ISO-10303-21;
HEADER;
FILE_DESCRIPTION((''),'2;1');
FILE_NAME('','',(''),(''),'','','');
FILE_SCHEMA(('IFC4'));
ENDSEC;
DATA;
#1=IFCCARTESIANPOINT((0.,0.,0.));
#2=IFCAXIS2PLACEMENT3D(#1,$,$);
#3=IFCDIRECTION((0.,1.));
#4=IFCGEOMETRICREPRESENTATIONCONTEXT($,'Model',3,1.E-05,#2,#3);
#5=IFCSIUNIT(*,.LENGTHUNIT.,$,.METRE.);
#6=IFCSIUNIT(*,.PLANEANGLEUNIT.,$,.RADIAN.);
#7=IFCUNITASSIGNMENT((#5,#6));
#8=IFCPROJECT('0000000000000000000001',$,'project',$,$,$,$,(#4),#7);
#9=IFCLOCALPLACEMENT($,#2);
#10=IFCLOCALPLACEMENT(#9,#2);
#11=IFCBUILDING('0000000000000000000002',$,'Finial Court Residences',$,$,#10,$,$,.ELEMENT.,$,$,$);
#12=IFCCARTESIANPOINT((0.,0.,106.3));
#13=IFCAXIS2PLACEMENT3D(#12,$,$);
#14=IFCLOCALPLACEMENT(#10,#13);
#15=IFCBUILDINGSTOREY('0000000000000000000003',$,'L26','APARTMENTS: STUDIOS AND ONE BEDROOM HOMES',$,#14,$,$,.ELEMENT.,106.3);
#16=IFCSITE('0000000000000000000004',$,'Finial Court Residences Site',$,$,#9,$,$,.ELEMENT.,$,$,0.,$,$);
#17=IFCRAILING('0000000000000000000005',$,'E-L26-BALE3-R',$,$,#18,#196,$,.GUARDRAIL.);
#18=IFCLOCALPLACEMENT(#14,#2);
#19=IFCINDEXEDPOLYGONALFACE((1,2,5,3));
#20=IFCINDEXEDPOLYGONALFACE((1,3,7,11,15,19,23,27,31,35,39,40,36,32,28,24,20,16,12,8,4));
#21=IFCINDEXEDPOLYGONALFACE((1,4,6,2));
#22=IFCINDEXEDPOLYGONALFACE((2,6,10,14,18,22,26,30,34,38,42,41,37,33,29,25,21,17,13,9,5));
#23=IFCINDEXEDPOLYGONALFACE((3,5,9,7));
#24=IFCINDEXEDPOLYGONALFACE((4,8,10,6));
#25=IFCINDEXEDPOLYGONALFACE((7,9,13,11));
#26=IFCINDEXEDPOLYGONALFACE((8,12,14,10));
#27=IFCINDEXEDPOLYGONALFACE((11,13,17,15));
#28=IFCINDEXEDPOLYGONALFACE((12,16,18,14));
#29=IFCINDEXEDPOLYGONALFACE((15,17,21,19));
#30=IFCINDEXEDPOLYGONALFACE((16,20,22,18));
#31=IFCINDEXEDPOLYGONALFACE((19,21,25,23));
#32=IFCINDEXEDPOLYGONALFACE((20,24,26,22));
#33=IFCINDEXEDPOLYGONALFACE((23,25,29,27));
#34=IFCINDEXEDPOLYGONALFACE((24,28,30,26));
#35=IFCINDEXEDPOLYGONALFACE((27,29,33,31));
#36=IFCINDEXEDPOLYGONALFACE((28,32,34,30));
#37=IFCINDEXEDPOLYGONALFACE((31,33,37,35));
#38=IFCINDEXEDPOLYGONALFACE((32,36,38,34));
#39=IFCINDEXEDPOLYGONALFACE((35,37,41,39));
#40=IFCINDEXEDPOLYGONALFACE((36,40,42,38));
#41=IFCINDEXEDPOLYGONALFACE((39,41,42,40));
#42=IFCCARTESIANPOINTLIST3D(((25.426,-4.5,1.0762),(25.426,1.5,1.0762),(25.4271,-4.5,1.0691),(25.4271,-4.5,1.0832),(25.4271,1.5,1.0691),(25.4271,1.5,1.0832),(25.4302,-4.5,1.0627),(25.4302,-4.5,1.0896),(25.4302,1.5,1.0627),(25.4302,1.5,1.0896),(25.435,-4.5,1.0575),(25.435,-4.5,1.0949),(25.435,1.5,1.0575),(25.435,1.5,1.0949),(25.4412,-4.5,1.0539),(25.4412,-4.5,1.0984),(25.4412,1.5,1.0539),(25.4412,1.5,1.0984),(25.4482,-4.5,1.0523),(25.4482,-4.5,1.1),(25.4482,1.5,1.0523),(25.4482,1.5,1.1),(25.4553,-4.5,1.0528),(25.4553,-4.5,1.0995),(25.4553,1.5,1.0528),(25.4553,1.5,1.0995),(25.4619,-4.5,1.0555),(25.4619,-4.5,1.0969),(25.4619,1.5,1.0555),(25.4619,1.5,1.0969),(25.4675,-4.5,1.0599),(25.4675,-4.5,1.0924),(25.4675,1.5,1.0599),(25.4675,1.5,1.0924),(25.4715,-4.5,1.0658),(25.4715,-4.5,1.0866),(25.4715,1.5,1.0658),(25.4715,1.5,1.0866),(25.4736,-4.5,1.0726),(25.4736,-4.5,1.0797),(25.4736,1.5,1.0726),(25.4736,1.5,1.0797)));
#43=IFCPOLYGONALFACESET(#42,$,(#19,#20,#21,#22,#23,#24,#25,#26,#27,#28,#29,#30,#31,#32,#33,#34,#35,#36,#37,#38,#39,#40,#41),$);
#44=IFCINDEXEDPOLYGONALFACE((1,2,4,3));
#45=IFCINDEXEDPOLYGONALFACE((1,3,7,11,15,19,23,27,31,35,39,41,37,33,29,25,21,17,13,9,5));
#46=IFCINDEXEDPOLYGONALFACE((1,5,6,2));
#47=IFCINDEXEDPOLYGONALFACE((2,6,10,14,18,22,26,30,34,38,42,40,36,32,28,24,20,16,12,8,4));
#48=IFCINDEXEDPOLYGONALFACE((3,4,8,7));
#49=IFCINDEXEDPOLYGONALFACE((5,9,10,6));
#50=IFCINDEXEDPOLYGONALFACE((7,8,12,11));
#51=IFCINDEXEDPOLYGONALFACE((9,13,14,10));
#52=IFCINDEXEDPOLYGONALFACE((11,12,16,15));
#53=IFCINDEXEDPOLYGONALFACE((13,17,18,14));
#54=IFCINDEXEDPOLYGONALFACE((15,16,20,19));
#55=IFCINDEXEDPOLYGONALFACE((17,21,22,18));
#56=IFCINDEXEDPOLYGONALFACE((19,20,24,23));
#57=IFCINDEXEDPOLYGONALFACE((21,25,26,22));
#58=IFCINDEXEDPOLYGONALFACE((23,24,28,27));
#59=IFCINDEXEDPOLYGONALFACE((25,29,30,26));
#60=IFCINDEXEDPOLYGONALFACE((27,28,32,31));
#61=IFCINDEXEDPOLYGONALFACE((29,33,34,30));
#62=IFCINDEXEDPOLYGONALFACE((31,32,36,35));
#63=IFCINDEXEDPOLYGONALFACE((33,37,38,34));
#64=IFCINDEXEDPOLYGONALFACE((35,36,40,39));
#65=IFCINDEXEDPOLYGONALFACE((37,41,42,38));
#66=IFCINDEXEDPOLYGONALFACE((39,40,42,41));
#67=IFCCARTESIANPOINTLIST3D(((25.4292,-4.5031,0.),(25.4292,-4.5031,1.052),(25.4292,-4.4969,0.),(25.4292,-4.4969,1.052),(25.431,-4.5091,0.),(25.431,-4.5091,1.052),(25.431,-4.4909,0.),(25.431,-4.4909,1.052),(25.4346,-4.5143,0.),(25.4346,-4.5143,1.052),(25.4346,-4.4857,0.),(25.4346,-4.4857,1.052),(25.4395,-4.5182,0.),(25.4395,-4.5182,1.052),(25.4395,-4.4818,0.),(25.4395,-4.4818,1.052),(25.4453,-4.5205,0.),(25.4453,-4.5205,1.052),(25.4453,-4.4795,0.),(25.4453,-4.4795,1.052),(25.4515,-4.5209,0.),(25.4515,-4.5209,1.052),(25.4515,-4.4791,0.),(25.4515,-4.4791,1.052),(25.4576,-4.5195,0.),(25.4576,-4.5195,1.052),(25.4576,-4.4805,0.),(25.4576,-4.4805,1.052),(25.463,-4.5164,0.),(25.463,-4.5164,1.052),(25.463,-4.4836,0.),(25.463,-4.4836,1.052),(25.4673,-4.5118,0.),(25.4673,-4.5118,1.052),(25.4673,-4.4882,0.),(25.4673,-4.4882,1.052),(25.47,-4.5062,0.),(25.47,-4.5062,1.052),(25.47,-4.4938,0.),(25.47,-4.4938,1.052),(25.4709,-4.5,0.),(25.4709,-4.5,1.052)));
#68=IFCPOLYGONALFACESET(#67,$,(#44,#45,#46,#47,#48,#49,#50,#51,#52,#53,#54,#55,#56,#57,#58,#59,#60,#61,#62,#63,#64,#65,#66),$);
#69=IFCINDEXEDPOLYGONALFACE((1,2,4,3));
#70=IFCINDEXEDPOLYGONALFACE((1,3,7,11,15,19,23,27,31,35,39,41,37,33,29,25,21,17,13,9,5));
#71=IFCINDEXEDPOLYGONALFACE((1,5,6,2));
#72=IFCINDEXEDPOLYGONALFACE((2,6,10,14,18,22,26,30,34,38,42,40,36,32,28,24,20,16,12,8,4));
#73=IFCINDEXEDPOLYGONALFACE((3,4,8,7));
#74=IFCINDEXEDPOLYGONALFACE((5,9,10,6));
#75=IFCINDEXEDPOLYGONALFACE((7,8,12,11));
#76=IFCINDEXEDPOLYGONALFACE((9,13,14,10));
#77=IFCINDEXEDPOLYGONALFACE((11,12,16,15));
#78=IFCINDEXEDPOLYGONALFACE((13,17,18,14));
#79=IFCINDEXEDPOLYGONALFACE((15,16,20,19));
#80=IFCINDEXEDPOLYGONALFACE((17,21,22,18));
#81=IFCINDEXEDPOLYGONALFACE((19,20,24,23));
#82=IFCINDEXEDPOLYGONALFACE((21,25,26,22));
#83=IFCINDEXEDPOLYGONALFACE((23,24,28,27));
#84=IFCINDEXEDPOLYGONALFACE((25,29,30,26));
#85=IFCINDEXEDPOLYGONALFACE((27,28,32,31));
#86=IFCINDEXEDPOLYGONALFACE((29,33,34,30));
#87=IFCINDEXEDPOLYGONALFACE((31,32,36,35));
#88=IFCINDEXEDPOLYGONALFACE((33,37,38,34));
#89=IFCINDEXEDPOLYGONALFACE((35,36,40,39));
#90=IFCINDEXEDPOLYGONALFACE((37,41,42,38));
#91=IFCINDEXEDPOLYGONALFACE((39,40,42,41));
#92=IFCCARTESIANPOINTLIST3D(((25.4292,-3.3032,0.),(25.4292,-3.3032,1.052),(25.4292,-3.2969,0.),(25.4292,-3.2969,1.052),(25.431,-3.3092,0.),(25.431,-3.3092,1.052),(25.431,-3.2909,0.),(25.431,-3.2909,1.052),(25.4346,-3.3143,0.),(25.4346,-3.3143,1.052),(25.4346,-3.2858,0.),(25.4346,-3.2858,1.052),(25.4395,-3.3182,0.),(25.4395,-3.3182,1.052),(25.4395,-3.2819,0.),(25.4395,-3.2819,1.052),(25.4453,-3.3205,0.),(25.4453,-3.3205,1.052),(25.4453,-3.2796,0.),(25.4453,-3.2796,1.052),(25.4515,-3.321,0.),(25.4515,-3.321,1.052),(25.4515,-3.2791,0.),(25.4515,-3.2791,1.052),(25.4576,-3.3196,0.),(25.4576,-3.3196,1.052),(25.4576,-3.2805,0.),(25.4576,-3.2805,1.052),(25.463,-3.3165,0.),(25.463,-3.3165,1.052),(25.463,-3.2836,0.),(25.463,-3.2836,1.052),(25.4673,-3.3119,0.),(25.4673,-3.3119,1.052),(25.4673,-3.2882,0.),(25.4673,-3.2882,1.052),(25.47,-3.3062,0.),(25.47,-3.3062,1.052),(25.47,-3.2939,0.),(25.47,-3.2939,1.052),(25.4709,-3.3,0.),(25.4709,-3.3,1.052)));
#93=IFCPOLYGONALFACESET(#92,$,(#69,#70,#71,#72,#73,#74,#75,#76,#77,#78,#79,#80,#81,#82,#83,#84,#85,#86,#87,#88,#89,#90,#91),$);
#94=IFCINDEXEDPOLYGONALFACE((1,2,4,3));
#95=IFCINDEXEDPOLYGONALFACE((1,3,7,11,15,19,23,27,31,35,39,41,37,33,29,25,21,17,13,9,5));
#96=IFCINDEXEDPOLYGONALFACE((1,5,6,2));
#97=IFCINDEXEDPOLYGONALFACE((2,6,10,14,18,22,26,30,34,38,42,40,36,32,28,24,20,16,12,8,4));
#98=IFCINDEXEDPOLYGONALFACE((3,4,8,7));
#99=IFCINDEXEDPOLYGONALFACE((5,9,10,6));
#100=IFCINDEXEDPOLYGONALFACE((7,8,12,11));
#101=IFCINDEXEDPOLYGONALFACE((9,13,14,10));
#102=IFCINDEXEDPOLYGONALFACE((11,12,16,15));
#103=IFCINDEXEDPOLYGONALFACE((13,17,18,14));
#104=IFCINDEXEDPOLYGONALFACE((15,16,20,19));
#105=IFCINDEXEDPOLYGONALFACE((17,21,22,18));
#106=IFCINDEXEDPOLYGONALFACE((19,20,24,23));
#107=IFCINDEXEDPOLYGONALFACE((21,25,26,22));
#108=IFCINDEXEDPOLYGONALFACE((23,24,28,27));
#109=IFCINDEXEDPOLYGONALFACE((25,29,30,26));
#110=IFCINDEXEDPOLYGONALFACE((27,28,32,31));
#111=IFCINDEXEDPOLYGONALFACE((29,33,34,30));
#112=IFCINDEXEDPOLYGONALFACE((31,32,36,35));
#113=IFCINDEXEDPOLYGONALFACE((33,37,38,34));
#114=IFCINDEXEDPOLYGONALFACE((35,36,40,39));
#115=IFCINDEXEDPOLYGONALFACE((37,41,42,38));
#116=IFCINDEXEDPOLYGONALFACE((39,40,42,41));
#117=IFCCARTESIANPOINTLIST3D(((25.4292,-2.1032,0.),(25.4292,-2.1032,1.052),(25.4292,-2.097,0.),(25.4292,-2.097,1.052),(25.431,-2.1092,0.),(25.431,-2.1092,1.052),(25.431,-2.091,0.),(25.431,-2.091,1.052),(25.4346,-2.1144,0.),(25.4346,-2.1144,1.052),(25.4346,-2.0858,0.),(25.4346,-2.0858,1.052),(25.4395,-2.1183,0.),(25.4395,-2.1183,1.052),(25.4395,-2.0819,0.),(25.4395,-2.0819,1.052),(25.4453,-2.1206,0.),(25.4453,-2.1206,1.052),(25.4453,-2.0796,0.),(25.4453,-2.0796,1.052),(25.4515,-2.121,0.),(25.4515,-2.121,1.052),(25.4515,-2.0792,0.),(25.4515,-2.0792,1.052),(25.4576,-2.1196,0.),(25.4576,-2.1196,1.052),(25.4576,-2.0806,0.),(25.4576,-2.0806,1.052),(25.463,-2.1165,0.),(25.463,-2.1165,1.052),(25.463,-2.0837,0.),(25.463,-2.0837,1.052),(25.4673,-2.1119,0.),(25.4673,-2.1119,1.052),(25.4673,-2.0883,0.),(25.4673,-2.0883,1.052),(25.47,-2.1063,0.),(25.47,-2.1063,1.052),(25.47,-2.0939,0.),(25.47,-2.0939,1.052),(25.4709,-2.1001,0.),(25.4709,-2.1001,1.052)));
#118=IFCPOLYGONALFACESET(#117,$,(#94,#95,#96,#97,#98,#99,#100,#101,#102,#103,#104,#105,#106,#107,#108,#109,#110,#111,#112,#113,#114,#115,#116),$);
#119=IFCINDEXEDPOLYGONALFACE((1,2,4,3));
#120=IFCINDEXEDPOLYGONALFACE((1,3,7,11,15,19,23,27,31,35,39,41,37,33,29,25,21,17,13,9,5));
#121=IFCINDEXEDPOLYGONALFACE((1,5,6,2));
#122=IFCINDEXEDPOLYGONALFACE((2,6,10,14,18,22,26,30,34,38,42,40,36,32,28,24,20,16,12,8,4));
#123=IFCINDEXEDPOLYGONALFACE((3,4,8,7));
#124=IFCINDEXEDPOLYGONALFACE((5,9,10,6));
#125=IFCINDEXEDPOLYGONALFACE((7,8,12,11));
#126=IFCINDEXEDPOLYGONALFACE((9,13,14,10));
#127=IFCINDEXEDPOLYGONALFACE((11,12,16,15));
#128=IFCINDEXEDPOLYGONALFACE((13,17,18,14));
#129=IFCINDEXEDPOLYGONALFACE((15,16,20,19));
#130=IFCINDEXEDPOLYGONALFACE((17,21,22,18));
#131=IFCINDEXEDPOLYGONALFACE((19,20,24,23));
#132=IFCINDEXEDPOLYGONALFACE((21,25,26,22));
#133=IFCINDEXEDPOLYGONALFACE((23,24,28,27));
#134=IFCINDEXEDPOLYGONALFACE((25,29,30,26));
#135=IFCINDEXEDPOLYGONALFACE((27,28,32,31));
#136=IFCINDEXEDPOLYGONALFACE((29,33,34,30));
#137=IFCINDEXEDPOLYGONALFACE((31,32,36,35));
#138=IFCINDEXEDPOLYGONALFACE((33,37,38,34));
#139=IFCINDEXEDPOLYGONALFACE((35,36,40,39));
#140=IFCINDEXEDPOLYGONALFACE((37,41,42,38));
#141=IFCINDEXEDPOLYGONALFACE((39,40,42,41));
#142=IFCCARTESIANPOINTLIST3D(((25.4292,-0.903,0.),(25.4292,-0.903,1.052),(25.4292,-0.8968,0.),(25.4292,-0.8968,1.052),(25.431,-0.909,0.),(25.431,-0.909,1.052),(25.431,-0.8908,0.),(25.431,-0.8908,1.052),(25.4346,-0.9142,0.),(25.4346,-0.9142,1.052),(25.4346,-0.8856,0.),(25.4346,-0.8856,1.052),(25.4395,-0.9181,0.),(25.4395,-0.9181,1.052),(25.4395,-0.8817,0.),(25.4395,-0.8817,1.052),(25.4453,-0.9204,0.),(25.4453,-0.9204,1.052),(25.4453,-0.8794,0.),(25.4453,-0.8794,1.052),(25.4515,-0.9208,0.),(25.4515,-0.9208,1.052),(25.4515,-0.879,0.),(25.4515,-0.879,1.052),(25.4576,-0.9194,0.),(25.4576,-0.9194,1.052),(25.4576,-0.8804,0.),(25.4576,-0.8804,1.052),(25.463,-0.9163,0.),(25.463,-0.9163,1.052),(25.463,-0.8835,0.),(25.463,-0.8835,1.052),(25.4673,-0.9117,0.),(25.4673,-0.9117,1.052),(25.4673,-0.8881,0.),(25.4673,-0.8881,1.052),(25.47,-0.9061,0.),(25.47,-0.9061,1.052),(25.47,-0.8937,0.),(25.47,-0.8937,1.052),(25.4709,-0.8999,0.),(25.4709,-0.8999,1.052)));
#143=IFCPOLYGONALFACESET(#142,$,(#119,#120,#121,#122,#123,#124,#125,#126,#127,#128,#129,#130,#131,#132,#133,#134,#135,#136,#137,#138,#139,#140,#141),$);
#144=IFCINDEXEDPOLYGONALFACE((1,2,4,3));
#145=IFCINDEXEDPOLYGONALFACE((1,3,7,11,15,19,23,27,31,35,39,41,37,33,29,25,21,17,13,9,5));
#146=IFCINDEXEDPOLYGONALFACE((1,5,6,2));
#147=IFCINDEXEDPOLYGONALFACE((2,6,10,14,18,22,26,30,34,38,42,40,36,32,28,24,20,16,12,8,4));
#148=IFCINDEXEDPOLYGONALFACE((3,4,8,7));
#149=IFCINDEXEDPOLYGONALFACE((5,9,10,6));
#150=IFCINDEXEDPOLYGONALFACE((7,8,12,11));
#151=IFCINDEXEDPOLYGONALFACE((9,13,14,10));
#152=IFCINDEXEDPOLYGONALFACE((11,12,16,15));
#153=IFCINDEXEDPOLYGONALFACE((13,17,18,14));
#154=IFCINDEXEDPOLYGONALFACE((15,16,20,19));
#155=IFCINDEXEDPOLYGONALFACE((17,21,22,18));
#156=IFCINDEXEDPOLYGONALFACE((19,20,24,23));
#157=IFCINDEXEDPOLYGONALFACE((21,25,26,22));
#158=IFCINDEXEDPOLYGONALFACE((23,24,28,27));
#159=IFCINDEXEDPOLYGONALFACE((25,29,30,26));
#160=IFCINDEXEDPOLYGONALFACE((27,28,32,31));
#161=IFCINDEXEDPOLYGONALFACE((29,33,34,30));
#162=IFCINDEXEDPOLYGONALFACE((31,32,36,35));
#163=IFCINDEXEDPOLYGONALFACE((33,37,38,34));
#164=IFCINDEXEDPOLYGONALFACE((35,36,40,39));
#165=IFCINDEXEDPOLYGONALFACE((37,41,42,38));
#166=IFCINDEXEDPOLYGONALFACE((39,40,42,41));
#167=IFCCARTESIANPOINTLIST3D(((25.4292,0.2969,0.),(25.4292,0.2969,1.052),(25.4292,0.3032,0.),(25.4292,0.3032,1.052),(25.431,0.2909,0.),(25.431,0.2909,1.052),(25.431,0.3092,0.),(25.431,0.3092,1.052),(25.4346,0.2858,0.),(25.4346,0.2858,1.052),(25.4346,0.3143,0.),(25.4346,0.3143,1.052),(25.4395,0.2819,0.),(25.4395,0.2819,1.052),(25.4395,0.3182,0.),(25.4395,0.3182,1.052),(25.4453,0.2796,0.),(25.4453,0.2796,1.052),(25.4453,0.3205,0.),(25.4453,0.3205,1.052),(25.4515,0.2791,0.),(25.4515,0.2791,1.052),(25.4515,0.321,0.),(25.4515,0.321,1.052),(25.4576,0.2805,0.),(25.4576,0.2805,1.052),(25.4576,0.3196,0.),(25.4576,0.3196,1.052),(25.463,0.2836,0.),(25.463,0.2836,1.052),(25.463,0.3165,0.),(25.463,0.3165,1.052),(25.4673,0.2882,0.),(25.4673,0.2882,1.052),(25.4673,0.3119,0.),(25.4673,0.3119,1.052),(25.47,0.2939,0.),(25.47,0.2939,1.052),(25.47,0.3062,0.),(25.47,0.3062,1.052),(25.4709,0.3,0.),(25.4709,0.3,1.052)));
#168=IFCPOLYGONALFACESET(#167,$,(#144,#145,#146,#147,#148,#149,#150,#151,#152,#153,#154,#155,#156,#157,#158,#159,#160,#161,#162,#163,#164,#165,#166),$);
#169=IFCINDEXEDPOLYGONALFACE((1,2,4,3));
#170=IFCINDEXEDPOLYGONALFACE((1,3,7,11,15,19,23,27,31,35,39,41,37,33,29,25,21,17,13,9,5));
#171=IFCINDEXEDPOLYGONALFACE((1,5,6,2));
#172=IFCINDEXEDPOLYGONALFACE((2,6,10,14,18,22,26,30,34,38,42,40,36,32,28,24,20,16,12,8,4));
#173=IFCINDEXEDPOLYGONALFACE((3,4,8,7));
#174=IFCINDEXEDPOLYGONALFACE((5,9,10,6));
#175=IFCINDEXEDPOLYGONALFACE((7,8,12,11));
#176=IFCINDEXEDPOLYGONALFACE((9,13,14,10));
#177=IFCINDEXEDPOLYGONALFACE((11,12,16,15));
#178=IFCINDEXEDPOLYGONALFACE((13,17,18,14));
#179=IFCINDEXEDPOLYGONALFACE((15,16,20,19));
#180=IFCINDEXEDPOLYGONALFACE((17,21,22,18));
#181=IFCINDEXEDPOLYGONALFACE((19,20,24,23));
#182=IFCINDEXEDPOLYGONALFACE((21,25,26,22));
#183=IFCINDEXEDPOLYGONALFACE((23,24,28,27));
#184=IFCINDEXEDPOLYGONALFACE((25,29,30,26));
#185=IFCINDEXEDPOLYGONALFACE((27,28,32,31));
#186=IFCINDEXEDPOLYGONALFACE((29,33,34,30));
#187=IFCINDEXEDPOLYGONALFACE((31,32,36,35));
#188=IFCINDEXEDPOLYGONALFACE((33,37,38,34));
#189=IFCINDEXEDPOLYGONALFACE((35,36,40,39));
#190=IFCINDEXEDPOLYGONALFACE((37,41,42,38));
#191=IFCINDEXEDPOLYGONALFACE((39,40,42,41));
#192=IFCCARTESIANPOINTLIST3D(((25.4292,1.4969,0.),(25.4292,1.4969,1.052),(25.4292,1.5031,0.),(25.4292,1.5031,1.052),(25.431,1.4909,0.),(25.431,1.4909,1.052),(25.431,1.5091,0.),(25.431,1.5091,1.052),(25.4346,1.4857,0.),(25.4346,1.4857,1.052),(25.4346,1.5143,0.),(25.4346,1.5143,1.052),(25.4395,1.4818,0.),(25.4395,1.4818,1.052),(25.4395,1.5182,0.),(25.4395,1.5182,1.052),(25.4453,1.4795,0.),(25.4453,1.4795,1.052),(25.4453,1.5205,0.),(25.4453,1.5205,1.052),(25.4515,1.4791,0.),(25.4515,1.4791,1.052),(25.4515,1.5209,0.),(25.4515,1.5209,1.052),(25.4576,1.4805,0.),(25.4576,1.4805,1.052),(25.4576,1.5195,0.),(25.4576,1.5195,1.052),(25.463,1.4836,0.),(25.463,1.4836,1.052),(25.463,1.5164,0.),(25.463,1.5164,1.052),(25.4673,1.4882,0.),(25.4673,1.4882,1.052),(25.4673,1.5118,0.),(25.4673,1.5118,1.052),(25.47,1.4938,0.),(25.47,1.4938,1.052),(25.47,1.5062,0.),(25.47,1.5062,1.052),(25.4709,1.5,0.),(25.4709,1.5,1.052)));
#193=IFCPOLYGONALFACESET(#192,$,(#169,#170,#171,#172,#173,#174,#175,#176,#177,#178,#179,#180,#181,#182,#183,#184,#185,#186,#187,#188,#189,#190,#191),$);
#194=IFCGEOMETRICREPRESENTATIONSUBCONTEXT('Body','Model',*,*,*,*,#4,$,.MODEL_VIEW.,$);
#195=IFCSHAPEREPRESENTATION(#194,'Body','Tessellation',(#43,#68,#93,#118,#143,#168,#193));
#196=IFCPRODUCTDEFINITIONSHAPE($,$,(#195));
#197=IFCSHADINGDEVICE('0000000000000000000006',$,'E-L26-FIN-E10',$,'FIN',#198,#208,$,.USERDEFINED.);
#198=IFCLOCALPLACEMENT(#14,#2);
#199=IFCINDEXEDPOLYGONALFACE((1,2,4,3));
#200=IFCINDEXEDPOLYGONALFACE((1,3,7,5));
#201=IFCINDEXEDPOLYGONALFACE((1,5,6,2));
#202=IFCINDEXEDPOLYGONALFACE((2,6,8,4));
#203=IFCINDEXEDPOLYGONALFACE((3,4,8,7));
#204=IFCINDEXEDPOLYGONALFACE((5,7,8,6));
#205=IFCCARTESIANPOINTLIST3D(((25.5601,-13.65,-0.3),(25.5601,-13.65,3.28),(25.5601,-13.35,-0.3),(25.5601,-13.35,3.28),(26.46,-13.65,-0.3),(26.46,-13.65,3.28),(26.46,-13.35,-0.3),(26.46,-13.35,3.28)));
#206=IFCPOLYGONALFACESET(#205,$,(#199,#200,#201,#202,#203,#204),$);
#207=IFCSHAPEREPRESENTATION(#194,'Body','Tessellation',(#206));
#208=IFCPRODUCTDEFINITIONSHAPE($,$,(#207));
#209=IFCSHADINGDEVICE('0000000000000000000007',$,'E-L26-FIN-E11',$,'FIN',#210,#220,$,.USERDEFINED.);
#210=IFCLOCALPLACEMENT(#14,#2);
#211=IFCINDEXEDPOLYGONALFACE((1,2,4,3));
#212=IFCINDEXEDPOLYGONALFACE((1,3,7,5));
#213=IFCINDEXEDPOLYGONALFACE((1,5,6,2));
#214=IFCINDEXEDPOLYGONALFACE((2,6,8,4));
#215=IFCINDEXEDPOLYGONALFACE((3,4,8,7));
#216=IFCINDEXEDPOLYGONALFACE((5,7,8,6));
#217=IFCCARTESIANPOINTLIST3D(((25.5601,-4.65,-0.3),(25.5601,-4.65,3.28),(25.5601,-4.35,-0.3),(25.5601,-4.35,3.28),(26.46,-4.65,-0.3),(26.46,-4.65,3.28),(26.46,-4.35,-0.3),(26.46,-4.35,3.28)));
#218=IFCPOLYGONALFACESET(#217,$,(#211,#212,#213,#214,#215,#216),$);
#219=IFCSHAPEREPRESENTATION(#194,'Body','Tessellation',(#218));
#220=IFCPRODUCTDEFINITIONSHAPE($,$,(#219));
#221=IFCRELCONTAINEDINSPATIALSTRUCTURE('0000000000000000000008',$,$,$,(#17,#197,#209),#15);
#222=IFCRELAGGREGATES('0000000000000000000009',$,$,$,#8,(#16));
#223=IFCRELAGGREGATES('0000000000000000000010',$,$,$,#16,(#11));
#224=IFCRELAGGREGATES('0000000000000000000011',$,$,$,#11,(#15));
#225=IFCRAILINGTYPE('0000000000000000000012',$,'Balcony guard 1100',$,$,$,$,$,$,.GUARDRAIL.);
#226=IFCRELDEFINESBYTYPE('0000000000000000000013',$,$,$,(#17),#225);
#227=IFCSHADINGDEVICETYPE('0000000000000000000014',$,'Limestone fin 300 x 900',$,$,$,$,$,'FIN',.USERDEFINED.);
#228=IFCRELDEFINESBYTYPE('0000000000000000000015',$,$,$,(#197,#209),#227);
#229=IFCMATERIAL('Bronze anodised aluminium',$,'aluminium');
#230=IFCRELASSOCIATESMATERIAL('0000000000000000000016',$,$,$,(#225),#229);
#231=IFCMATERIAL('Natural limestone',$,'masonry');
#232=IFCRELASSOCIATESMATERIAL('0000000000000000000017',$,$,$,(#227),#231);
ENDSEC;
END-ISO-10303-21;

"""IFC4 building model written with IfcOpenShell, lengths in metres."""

from ifc_helpers import new_model, si_unit, direction, frame, origin, origin_2d, place, context, subcontext, project, spatial, rectangle, circle, extrude, material, type_object, element, save


model = new_model("IFC4")

# Units and contexts
model_context = context("Model", 3, precision=1e-05, world=origin(), true_north=direction((0.0, 1.0)))
body_context = subcontext(model_context, "Body", "Model", "MODEL_VIEW")
ifc_project = project(units=[si_unit("LENGTHUNIT", "METRE"), si_unit("PLANEANGLEUNIT", "RADIAN")], contexts=[model_context])

# Site, building, storey
site_placement = place(None, origin())
site = spatial("IfcSite", under=ifc_project, at=site_placement, Name="Finial Court Residences Site", CompositionType="ELEMENT", RefElevation=0.0)
building_placement = place(site_placement, origin())
building = spatial("IfcBuilding", under=site, at=building_placement, Name="Finial Court Residences", CompositionType="ELEMENT")
storey_placement = place(building_placement, frame((0.0, 0.0, 106.3)))
storey = spatial("IfcBuildingStorey", under=building, at=storey_placement, Name="L26", Description="APARTMENTS: STUDIOS AND ONE BEDROOM HOMES", CompositionType="ELEMENT", Elevation=106.3)

# Shared definitions
ifc_material_1 = material(Name="Bronze anodised aluminium", Category="aluminium")

# Shared definitions
ifc_material_2 = material(Name="Natural limestone", Category="masonry")

# Railing
railing_type = type_object("IfcRailingType", Name="Balcony guard 1100", PredefinedType="GUARDRAIL", material=ifc_material_1)
railing_placement = place(storey_placement, frame((25.45, -4.5, 0.0)))
element("IfcRailing", 1, at=railing_placement, inside=storey, type_object=railing_type, Name="E-L26-BALE3-R", PredefinedType="GUARDRAIL", context=body_context, shape_type="SweptSolid", body=[
    extrude(circle(Radius=0.0239, at=origin_2d()), frame((0.0, 0.0, 1.0762), z_axis=(0.0, 1.0, 0.0), x_axis=(-1.0, 0.0, 0.0)), (0.0, 0.0, 1.0), 6.0),
    extrude(circle(Radius=0.021, at=origin_2d()), origin(), (0.0, 0.0, 1.0), 1.052),
    extrude(circle(Radius=0.021, at=origin_2d()), frame((0.0, 1.2, 0.0)), (0.0, 0.0, 1.0), 1.052),
    extrude(circle(Radius=0.021, at=origin_2d()), frame((0.0, 2.3999, 0.0)), (0.0, 0.0, 1.0), 1.052),
    extrude(circle(Radius=0.021, at=origin_2d()), frame((0.0, 3.6001, 0.0)), (0.0, 0.0, 1.0), 1.052),
    extrude(circle(Radius=0.021, at=origin_2d()), frame((0.0, 4.8, 0.0)), (0.0, 0.0, 1.0), 1.052),
    extrude(circle(Radius=0.021, at=origin_2d()), frame((0.0, 6.0, 0.0)), (0.0, 0.0, 1.0), 1.052),
])

# Shading devices
shading_device_type = type_object("IfcShadingDeviceType", Name="Limestone fin 300 x 900", ElementType="FIN", PredefinedType="USERDEFINED", material=ifc_material_2)
for number, where, z_axis, x_axis, name in (
    (2, (26.01, -13.5, -0.3), (0.0, 0.0, 1.0), (1.0, 0.0, 0.0), "E-L26-FIN-E10"),
    (3, (26.01, -4.5, -0.3), (0.0, 0.0, 1.0), (1.0, 0.0, 0.0), "E-L26-FIN-E11"),
):
    element("IfcShadingDevice", number, at=place(storey_placement, frame(where, z_axis=z_axis, x_axis=x_axis)), inside=storey, type_object=shading_device_type, Name=name, ObjectType="FIN", PredefinedType="USERDEFINED", context=body_context, shape_type="SweptSolid", body=[
        extrude(rectangle(XDim=0.8999, YDim=0.3, at=origin_2d()), origin(), (0.0, 0.0, 1.0), 3.5801),
    ])

save(model, "model.ifc")
